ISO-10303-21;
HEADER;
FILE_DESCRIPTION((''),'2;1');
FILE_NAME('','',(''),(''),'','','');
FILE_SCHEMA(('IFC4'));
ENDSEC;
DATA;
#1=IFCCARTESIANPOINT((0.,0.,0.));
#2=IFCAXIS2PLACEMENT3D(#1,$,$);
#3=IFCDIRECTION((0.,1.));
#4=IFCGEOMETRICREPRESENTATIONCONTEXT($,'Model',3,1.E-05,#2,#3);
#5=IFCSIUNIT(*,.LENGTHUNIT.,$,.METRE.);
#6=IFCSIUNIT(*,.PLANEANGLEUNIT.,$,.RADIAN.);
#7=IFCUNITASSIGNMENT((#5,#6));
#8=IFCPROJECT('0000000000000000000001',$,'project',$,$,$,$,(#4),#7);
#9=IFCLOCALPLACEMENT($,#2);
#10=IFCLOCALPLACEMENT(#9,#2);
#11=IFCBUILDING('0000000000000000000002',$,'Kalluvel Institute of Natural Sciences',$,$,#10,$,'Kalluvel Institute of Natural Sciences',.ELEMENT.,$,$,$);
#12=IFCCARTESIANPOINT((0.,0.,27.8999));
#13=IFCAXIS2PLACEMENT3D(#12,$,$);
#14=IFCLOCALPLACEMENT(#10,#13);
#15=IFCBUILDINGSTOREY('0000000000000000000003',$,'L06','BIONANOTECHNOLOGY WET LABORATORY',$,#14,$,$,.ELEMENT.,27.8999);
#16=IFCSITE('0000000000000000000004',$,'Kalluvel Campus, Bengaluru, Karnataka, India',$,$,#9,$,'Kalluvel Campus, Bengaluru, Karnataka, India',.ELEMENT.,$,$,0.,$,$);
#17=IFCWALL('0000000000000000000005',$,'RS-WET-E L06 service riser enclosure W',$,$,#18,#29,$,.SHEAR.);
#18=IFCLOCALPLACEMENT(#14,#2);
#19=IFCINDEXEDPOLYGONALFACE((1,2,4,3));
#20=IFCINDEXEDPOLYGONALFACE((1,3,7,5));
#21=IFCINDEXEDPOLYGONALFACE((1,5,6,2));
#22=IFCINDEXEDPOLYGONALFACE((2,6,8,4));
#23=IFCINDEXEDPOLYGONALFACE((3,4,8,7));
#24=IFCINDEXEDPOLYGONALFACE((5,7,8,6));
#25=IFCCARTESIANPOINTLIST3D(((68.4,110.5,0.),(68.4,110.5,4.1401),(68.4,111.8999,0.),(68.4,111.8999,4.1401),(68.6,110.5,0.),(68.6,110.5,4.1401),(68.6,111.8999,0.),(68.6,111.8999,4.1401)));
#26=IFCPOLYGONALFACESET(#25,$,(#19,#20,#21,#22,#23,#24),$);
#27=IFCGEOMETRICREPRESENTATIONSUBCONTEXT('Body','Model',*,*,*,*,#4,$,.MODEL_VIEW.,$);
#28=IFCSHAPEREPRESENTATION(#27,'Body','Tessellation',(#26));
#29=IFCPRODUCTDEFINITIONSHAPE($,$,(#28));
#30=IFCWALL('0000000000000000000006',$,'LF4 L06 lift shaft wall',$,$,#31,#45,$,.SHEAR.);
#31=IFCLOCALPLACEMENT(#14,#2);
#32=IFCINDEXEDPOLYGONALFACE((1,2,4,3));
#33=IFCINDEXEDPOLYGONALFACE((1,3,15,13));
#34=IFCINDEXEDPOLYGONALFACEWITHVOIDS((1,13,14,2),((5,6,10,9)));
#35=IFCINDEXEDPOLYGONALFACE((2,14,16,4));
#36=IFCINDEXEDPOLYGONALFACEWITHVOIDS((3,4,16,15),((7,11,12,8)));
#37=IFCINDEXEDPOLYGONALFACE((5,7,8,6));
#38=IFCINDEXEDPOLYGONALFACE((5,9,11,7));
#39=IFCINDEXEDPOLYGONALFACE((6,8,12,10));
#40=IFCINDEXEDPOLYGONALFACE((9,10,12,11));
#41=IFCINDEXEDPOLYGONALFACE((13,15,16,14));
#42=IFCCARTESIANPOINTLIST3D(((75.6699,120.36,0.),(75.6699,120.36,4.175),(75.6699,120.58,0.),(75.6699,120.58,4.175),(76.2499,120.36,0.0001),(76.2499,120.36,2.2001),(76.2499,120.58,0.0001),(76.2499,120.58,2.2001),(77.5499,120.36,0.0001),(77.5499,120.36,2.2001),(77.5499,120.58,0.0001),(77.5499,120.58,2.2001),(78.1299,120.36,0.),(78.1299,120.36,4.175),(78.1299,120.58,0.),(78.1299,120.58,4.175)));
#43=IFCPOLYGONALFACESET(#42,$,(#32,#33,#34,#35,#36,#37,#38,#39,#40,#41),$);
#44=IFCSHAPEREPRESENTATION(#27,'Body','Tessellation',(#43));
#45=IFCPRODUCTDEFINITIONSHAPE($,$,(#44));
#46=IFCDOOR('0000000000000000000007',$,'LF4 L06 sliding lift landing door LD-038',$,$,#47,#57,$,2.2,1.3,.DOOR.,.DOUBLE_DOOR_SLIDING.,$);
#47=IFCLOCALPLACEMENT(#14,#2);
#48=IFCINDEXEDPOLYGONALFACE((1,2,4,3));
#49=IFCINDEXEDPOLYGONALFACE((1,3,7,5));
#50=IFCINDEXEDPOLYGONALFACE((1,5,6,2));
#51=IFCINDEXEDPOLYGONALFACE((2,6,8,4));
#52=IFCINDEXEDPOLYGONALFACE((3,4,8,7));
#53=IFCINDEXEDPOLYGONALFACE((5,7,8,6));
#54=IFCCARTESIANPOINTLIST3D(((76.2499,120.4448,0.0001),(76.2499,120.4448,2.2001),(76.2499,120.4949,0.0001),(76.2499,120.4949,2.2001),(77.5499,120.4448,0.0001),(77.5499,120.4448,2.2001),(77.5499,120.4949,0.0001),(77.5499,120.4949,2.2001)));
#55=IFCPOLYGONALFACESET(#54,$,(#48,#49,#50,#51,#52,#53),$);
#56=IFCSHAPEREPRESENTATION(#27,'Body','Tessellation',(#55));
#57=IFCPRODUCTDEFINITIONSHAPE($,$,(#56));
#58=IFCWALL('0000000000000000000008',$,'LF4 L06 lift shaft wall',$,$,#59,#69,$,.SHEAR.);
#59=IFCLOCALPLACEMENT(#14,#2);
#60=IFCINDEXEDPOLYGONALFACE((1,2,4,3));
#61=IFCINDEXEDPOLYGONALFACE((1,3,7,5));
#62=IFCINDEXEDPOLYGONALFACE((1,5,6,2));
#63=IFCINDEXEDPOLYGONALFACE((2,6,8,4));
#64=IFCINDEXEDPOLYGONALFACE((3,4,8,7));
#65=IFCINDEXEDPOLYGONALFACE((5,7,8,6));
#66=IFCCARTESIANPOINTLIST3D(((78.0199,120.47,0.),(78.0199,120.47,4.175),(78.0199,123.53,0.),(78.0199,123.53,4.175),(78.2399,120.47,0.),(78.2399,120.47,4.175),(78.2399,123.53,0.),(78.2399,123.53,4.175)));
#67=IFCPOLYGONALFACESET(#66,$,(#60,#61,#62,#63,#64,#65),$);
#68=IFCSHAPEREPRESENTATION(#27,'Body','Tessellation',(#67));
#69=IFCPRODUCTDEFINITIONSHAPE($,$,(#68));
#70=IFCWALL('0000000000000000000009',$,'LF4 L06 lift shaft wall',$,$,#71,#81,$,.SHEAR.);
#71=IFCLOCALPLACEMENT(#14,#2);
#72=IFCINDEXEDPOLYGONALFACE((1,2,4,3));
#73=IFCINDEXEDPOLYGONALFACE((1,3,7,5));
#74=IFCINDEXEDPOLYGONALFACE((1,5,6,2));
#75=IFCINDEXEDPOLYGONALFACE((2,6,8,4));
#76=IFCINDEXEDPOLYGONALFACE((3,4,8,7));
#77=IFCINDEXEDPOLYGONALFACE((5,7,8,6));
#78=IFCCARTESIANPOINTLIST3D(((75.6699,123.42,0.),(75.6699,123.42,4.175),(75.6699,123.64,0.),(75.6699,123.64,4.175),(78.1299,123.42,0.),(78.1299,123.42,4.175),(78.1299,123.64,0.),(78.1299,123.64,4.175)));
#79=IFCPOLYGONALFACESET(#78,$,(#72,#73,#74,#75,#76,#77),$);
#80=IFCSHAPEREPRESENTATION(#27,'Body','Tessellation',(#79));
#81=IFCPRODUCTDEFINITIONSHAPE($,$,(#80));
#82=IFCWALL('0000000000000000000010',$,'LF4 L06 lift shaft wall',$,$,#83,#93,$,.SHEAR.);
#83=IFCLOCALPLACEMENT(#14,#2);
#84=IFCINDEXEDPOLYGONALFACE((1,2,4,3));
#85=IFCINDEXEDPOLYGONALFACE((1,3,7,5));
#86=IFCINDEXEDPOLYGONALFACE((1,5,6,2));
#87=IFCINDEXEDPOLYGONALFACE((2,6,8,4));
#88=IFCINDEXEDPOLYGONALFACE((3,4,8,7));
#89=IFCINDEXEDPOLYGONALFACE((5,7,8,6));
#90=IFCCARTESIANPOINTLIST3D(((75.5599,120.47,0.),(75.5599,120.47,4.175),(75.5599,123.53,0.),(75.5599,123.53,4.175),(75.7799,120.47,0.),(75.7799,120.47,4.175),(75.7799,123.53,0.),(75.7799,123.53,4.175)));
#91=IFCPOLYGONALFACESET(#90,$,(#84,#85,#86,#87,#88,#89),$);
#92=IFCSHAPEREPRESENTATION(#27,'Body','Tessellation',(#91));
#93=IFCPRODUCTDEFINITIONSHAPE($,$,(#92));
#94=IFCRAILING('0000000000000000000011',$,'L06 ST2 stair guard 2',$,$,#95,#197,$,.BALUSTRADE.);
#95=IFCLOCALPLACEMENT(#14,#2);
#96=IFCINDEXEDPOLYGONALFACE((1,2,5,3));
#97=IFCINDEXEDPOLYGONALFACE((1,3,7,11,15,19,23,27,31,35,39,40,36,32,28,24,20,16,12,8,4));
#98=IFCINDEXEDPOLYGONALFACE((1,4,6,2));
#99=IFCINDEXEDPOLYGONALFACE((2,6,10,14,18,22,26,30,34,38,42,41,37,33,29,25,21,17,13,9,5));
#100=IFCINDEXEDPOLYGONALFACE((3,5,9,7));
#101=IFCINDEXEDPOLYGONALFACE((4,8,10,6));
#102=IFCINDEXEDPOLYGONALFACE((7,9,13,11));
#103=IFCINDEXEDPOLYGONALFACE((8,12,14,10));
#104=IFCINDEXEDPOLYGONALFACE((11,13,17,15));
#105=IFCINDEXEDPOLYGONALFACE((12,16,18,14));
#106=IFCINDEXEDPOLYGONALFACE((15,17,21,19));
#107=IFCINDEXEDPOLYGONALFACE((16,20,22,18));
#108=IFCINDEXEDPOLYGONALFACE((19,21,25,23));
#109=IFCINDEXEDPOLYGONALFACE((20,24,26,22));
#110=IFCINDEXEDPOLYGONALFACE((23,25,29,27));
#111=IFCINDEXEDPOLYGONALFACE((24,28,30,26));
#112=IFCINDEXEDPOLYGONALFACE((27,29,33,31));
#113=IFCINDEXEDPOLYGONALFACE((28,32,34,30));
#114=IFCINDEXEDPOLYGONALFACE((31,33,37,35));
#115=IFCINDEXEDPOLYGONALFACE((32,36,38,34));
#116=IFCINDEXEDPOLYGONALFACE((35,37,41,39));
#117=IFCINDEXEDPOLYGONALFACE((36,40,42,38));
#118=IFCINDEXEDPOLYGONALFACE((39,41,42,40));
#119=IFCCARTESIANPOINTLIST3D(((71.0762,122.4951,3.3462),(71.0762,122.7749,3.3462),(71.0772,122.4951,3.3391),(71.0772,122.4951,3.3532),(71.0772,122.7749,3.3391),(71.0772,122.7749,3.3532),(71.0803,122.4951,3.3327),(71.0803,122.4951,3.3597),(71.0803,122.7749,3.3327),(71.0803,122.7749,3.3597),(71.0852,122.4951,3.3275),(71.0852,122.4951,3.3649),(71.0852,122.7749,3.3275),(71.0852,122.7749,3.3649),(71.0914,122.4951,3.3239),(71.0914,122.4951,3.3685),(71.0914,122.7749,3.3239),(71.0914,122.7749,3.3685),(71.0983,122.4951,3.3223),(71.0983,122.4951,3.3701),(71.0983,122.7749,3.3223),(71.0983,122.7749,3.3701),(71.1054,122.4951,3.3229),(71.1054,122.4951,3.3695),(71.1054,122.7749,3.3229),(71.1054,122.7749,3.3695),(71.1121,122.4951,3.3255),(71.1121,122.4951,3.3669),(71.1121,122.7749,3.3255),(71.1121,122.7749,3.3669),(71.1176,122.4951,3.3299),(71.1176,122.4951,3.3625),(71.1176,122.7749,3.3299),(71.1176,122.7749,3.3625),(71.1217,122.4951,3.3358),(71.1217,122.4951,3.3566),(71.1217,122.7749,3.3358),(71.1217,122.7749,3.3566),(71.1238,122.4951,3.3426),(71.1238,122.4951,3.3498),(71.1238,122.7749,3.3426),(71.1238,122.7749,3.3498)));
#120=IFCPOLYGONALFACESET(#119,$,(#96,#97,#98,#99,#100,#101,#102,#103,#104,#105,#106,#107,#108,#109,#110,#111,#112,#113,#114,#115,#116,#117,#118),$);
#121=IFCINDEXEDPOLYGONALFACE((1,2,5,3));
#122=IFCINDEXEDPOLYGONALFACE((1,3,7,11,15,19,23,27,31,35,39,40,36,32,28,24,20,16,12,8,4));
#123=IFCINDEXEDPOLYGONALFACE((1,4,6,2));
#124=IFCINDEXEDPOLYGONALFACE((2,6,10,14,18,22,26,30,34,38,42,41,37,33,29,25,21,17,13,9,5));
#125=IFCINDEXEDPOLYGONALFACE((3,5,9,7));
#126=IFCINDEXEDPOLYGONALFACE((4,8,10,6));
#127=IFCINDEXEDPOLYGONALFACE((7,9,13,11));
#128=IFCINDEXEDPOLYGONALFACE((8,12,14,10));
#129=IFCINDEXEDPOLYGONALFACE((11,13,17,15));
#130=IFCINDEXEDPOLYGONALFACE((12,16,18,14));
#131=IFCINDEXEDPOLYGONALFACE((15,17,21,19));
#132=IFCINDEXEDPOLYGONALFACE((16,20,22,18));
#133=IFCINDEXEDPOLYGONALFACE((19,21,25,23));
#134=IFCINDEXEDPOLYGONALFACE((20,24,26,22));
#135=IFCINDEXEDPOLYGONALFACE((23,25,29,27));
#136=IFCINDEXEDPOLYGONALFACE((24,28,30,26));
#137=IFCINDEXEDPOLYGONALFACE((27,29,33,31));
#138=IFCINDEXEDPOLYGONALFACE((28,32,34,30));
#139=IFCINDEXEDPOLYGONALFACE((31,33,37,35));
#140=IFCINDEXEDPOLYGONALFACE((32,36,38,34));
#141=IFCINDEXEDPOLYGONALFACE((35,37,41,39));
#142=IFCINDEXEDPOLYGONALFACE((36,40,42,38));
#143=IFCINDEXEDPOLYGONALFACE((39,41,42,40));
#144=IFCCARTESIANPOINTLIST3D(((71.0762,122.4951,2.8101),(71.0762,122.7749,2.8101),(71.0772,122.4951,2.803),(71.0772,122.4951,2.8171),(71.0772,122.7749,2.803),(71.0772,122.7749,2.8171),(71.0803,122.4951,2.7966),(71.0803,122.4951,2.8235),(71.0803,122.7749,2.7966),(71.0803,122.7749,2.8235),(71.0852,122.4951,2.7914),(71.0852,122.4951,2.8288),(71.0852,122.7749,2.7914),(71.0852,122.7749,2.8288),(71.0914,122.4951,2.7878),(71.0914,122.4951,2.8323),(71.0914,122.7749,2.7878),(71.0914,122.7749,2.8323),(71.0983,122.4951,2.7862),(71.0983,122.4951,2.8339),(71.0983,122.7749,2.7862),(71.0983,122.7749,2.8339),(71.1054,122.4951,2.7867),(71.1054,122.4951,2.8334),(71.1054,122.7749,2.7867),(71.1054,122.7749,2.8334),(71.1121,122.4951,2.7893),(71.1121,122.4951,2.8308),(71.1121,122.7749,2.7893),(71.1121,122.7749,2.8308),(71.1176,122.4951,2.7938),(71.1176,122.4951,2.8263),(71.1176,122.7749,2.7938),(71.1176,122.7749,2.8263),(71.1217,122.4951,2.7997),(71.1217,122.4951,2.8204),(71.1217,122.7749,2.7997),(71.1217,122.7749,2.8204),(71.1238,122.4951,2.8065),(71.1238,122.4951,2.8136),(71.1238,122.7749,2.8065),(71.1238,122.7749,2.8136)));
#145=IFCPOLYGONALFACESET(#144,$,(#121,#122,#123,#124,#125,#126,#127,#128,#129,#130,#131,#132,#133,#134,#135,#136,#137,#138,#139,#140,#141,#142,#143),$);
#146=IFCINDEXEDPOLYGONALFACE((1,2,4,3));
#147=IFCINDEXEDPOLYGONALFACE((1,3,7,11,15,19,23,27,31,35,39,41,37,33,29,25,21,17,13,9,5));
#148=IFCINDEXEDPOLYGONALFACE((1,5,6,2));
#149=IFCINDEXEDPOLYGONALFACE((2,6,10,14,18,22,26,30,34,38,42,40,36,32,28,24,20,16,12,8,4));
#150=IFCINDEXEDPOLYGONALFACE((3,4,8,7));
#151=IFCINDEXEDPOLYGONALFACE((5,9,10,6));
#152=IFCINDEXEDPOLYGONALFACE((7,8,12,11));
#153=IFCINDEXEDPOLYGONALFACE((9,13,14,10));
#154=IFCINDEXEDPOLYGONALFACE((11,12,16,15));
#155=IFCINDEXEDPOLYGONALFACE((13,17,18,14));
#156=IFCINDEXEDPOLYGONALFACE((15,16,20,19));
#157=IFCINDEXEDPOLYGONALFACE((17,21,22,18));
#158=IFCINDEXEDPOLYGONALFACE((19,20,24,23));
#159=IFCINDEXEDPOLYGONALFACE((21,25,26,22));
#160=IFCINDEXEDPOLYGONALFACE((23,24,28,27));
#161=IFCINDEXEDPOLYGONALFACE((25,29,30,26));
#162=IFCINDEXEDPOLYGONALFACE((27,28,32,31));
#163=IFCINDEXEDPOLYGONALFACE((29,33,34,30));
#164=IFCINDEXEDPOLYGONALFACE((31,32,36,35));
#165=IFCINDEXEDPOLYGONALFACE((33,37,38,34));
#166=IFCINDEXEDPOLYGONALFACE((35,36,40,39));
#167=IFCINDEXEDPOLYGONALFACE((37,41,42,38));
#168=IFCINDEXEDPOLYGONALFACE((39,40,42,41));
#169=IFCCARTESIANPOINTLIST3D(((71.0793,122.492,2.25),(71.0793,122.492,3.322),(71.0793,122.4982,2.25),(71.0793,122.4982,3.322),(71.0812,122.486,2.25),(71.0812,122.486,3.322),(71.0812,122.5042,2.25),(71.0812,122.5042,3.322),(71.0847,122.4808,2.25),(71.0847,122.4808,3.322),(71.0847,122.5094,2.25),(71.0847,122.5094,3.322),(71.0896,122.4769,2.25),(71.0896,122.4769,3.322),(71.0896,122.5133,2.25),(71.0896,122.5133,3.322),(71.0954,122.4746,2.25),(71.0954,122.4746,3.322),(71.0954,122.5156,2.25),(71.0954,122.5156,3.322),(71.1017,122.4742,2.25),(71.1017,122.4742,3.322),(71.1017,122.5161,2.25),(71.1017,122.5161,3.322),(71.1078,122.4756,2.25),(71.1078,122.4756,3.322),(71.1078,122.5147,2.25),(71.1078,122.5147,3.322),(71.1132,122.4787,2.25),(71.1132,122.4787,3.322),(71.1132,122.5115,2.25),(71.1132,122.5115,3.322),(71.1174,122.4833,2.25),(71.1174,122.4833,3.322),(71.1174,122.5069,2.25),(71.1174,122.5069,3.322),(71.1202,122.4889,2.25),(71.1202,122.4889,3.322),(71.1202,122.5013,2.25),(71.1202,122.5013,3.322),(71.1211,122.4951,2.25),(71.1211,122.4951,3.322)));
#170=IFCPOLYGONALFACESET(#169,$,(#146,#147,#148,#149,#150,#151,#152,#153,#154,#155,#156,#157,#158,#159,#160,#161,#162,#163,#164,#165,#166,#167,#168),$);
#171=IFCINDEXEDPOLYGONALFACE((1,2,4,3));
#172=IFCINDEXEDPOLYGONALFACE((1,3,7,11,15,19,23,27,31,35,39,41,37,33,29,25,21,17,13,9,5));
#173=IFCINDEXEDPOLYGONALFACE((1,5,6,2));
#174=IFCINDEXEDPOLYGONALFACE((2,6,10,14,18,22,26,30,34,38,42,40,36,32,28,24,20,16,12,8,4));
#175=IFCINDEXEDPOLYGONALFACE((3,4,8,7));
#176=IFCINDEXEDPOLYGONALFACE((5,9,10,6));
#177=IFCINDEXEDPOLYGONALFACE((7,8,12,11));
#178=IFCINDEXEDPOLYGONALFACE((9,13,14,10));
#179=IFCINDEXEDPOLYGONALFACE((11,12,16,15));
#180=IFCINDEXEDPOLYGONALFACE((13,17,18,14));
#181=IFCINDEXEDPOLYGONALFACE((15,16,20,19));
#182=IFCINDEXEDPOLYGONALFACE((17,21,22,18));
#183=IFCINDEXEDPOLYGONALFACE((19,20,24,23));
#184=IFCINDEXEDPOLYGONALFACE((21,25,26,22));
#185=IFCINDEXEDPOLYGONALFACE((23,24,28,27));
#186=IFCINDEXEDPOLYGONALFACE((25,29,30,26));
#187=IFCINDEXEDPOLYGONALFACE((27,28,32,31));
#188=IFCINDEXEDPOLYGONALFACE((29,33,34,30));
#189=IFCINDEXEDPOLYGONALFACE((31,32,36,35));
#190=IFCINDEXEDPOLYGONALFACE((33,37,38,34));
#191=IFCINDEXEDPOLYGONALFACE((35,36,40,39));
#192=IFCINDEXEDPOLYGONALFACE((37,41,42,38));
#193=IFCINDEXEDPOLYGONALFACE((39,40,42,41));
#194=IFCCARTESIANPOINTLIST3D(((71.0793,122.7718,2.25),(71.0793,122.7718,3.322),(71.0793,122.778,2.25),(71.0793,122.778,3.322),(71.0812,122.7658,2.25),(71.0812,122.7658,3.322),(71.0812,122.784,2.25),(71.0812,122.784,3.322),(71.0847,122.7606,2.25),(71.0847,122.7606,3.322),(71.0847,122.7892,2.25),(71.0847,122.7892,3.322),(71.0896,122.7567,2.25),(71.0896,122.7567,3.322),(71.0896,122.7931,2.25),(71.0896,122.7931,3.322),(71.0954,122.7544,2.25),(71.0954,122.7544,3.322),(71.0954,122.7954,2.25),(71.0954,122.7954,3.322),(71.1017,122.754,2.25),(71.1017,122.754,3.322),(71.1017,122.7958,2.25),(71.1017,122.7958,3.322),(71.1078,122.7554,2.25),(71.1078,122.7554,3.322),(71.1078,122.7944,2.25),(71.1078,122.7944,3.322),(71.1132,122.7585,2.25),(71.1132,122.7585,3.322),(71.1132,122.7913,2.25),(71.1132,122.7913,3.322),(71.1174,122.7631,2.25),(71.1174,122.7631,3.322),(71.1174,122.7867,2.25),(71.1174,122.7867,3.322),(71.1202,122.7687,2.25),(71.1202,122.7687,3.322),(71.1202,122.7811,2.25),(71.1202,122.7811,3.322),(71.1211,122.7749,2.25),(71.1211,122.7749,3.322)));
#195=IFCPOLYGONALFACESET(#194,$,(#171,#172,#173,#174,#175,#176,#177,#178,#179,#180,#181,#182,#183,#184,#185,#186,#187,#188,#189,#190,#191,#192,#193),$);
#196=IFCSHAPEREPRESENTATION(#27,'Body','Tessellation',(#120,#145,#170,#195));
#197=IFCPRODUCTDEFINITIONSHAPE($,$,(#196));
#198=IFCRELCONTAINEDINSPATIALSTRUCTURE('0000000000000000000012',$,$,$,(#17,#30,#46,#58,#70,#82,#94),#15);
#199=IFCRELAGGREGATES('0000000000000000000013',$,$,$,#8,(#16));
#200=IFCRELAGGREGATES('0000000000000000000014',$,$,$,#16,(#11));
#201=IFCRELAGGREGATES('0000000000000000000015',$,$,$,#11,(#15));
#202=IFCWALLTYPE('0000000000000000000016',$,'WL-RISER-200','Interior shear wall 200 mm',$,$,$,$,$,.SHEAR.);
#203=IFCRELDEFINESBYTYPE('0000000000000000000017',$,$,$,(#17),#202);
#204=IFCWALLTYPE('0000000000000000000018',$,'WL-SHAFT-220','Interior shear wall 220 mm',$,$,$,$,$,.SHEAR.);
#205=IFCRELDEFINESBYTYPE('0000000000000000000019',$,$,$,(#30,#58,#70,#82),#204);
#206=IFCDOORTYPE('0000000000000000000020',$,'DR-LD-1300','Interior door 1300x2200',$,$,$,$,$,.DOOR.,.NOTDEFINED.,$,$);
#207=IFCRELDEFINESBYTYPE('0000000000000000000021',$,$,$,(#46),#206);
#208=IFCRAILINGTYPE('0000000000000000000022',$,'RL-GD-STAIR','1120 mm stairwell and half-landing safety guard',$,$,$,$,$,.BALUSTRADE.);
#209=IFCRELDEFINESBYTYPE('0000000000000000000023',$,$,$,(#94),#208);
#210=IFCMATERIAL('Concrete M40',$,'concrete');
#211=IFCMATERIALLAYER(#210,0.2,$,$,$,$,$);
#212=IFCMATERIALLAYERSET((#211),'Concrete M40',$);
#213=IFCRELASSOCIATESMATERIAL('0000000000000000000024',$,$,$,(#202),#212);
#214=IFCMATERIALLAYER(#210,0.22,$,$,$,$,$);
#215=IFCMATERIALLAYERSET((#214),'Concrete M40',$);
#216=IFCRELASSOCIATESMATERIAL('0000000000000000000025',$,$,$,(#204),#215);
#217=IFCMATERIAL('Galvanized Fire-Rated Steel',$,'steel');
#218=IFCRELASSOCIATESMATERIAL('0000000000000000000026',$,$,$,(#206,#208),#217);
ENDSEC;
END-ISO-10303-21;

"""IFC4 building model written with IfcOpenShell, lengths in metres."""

from ifc_helpers import new_model, si_unit, direction, frame, frame_2d, origin, origin_2d, place, context, subcontext, project, spatial, rectangle, circle, extrude, material, layer, layer_set, type_object, element, fill, save


model = new_model("IFC4")

# Units and contexts
model_context = context("Model", 3, precision=1e-05, world=origin(), true_north=direction((0.0, 1.0)))
body_context = subcontext(model_context, "Body", "Model", "MODEL_VIEW")
ifc_project = project(units=[si_unit("LENGTHUNIT", "METRE"), si_unit("PLANEANGLEUNIT", "RADIAN")], contexts=[model_context])

# Site, building, storey
site_placement = place(None, origin())
site = spatial("IfcSite", under=ifc_project, at=site_placement, Name="Kalluvel Campus, Bengaluru, Karnataka, India", LongName="Kalluvel Campus, Bengaluru, Karnataka, India", CompositionType="ELEMENT", RefElevation=0.0)
building_placement = place(site_placement, origin())
building = spatial("IfcBuilding", under=site, at=building_placement, Name="Kalluvel Institute of Natural Sciences", LongName="Kalluvel Institute of Natural Sciences", CompositionType="ELEMENT")
storey_placement = place(building_placement, frame((0.0, 0.0, 27.8999)))
storey = spatial("IfcBuildingStorey", under=building, at=storey_placement, Name="L06", Description="BIONANOTECHNOLOGY WET LABORATORY", CompositionType="ELEMENT", Elevation=27.8999)

# Shared definitions
ifc_material_1 = material(Name="Concrete M40", Category="concrete")

# Wall
ifc_layer_1 = layer(ifc_material_1, 0.2)
ifc_layer_set_1 = layer_set([ifc_layer_1], Name="Concrete M40")
wall_type_1 = type_object("IfcWallType", Name="WL-RISER-200", Description="Interior shear wall 200 mm", PredefinedType="SHEAR", material=ifc_layer_set_1)
wall_1_placement = place(storey_placement, frame((68.5, 111.8999, 0.0), z_axis=(0.0, 0.0, 1.0), x_axis=(0.0, -1.0, 0.0)))
element("IfcWall", 1, at=wall_1_placement, inside=storey, type_object=wall_type_1, Name="RS-WET-E L06 service riser enclosure W", PredefinedType="SHEAR", context=body_context, shape_type="SweptSolid", body=[
    extrude(rectangle(XDim=1.3999, YDim=0.2, at=frame_2d((0.7, 0.0))), origin(), (0.0, 0.0, 1.0), 4.1401),
])

# Wall, opening, door
ifc_layer_2 = layer(ifc_material_1, 0.22)
ifc_layer_set_2 = layer_set([ifc_layer_2], Name="Concrete M40")
wall_type_2 = type_object("IfcWallType", Name="WL-SHAFT-220", Description="Interior shear wall 220 mm", PredefinedType="SHEAR", material=ifc_layer_set_2)
wall_2_placement = place(storey_placement, frame((75.6699, 120.47, 0.0), z_axis=(0.0, 0.0, 1.0), x_axis=(1.0, 0.0, 0.0)))
wall_2 = element("IfcWall", 2, at=wall_2_placement, inside=storey, type_object=wall_type_2, Name="LF4 L06 lift shaft wall", PredefinedType="SHEAR", context=body_context, shape_type="SweptSolid", body=[
    extrude(rectangle(XDim=2.46, YDim=0.22, at=frame_2d((1.23, 0.0))), origin(), (0.0, 0.0, 1.0), 4.175),
])
opening_1_placement = place(wall_2_placement, frame((0.5801, 0.0, 0.0)))
opening_1 = element("IfcOpeningElement", 3, at=opening_1_placement, cuts=wall_2, PredefinedType="OPENING", context=body_context, shape_type="SweptSolid", body=[
    extrude(rectangle(XDim=1.3, YDim=2.2, at=frame_2d((0.6499, 1.1001))), frame((0.0, 0.1199, 0.0), z_axis=(0.0, -1.0, 0.0), x_axis=(1.0, 0.0, 0.0)), (0.0, 0.0, 1.0), 0.24),
])
ifc_material_2 = material(Name="Galvanized Fire-Rated Steel", Category="steel")
door_type_1 = type_object("IfcDoorType", Name="DR-LD-1300", Description="Interior door 1300x2200", OperationType="NOTDEFINED", PredefinedType="DOOR", material=ifc_material_2)
door_1_placement = place(opening_1_placement, origin())
door_1 = element("IfcDoor", 4, at=door_1_placement, inside=storey, type_object=door_type_1, Name="LF4 L06 sliding lift landing door LD-038", OperationType="DOUBLE_DOOR_SLIDING", OverallHeight=2.2, OverallWidth=1.3, PredefinedType="DOOR", context=body_context, shape_type="SweptSolid", body=[
    extrude(rectangle(XDim=1.3, YDim=2.2, at=frame_2d((0.6499, 1.1001))), frame((0.0, 0.0249, 0.0), z_axis=(0.0, -1.0, 0.0), x_axis=(1.0, 0.0, 0.0)), (0.0, 0.0, 1.0), 0.05),
])
fill(opening_1, door_1)

# Walls
wall_3_placement = place(storey_placement, frame((78.1299, 120.47, 0.0), z_axis=(0.0, 0.0, 1.0), x_axis=(0.0, 1.0, 0.0)))
element("IfcWall", 5, at=wall_3_placement, inside=storey, type_object=wall_type_2, Name="LF4 L06 lift shaft wall", PredefinedType="SHEAR", context=body_context, shape_type="SweptSolid", body=[
    extrude(rectangle(XDim=3.0601, YDim=0.22, at=frame_2d((1.53, 0.0))), origin(), (0.0, 0.0, 1.0), 4.175),
])
wall_4_placement = place(storey_placement, frame((78.1299, 123.53, 0.0), z_axis=(0.0, 0.0, 1.0), x_axis=(-1.0, 0.0, 0.0)))
element("IfcWall", 6, at=wall_4_placement, inside=storey, type_object=wall_type_2, Name="LF4 L06 lift shaft wall", PredefinedType="SHEAR", context=body_context, shape_type="SweptSolid", body=[
    extrude(rectangle(XDim=2.46, YDim=0.22, at=frame_2d((1.23, 0.0))), origin(), (0.0, 0.0, 1.0), 4.175),
])
wall_5_placement = place(storey_placement, frame((75.6699, 123.53, 0.0), z_axis=(0.0, 0.0, 1.0), x_axis=(0.0, -1.0, 0.0)))
element("IfcWall", 7, at=wall_5_placement, inside=storey, type_object=wall_type_2, Name="LF4 L06 lift shaft wall", PredefinedType="SHEAR", context=body_context, shape_type="SweptSolid", body=[
    extrude(rectangle(XDim=3.0601, YDim=0.22, at=frame_2d((1.53, 0.0))), origin(), (0.0, 0.0, 1.0), 4.175),
])

# Railing
railing_type = type_object("IfcRailingType", Name="RL-GD-STAIR", Description="1120 mm stairwell and half-landing safety guard", PredefinedType="BALUSTRADE", material=ifc_material_2)
railing_1_placement = place(storey_placement, frame((71.1001, 122.4951, 2.25)))
element("IfcRailing", 8, at=railing_1_placement, inside=storey, type_object=railing_type, Name="L06 ST2 stair guard 2", PredefinedType="BALUSTRADE", context=body_context, shape_type="SweptSolid", body=[
    extrude(circle(Radius=0.0239, at=origin_2d()), frame((0.0, 0.0, 1.0962), z_axis=(0.0, 1.0, 0.0), x_axis=(-1.0, 0.0, 0.0)), (0.0, 0.0, 1.0), 0.2798),
    extrude(circle(Radius=0.0239, at=origin_2d()), frame((0.0, 0.0, 0.5601), z_axis=(0.0, 1.0, 0.0), x_axis=(-1.0, 0.0, 0.0)), (0.0, 0.0, 1.0), 0.2798),
    extrude(circle(Radius=0.021, at=origin_2d()), origin(), (0.0, 0.0, 1.0), 1.072),
    extrude(circle(Radius=0.021, at=origin_2d()), frame((0.0, 0.2798, 0.0)), (0.0, 0.0, 1.0), 1.072),
])

save(model, "model.ifc")
